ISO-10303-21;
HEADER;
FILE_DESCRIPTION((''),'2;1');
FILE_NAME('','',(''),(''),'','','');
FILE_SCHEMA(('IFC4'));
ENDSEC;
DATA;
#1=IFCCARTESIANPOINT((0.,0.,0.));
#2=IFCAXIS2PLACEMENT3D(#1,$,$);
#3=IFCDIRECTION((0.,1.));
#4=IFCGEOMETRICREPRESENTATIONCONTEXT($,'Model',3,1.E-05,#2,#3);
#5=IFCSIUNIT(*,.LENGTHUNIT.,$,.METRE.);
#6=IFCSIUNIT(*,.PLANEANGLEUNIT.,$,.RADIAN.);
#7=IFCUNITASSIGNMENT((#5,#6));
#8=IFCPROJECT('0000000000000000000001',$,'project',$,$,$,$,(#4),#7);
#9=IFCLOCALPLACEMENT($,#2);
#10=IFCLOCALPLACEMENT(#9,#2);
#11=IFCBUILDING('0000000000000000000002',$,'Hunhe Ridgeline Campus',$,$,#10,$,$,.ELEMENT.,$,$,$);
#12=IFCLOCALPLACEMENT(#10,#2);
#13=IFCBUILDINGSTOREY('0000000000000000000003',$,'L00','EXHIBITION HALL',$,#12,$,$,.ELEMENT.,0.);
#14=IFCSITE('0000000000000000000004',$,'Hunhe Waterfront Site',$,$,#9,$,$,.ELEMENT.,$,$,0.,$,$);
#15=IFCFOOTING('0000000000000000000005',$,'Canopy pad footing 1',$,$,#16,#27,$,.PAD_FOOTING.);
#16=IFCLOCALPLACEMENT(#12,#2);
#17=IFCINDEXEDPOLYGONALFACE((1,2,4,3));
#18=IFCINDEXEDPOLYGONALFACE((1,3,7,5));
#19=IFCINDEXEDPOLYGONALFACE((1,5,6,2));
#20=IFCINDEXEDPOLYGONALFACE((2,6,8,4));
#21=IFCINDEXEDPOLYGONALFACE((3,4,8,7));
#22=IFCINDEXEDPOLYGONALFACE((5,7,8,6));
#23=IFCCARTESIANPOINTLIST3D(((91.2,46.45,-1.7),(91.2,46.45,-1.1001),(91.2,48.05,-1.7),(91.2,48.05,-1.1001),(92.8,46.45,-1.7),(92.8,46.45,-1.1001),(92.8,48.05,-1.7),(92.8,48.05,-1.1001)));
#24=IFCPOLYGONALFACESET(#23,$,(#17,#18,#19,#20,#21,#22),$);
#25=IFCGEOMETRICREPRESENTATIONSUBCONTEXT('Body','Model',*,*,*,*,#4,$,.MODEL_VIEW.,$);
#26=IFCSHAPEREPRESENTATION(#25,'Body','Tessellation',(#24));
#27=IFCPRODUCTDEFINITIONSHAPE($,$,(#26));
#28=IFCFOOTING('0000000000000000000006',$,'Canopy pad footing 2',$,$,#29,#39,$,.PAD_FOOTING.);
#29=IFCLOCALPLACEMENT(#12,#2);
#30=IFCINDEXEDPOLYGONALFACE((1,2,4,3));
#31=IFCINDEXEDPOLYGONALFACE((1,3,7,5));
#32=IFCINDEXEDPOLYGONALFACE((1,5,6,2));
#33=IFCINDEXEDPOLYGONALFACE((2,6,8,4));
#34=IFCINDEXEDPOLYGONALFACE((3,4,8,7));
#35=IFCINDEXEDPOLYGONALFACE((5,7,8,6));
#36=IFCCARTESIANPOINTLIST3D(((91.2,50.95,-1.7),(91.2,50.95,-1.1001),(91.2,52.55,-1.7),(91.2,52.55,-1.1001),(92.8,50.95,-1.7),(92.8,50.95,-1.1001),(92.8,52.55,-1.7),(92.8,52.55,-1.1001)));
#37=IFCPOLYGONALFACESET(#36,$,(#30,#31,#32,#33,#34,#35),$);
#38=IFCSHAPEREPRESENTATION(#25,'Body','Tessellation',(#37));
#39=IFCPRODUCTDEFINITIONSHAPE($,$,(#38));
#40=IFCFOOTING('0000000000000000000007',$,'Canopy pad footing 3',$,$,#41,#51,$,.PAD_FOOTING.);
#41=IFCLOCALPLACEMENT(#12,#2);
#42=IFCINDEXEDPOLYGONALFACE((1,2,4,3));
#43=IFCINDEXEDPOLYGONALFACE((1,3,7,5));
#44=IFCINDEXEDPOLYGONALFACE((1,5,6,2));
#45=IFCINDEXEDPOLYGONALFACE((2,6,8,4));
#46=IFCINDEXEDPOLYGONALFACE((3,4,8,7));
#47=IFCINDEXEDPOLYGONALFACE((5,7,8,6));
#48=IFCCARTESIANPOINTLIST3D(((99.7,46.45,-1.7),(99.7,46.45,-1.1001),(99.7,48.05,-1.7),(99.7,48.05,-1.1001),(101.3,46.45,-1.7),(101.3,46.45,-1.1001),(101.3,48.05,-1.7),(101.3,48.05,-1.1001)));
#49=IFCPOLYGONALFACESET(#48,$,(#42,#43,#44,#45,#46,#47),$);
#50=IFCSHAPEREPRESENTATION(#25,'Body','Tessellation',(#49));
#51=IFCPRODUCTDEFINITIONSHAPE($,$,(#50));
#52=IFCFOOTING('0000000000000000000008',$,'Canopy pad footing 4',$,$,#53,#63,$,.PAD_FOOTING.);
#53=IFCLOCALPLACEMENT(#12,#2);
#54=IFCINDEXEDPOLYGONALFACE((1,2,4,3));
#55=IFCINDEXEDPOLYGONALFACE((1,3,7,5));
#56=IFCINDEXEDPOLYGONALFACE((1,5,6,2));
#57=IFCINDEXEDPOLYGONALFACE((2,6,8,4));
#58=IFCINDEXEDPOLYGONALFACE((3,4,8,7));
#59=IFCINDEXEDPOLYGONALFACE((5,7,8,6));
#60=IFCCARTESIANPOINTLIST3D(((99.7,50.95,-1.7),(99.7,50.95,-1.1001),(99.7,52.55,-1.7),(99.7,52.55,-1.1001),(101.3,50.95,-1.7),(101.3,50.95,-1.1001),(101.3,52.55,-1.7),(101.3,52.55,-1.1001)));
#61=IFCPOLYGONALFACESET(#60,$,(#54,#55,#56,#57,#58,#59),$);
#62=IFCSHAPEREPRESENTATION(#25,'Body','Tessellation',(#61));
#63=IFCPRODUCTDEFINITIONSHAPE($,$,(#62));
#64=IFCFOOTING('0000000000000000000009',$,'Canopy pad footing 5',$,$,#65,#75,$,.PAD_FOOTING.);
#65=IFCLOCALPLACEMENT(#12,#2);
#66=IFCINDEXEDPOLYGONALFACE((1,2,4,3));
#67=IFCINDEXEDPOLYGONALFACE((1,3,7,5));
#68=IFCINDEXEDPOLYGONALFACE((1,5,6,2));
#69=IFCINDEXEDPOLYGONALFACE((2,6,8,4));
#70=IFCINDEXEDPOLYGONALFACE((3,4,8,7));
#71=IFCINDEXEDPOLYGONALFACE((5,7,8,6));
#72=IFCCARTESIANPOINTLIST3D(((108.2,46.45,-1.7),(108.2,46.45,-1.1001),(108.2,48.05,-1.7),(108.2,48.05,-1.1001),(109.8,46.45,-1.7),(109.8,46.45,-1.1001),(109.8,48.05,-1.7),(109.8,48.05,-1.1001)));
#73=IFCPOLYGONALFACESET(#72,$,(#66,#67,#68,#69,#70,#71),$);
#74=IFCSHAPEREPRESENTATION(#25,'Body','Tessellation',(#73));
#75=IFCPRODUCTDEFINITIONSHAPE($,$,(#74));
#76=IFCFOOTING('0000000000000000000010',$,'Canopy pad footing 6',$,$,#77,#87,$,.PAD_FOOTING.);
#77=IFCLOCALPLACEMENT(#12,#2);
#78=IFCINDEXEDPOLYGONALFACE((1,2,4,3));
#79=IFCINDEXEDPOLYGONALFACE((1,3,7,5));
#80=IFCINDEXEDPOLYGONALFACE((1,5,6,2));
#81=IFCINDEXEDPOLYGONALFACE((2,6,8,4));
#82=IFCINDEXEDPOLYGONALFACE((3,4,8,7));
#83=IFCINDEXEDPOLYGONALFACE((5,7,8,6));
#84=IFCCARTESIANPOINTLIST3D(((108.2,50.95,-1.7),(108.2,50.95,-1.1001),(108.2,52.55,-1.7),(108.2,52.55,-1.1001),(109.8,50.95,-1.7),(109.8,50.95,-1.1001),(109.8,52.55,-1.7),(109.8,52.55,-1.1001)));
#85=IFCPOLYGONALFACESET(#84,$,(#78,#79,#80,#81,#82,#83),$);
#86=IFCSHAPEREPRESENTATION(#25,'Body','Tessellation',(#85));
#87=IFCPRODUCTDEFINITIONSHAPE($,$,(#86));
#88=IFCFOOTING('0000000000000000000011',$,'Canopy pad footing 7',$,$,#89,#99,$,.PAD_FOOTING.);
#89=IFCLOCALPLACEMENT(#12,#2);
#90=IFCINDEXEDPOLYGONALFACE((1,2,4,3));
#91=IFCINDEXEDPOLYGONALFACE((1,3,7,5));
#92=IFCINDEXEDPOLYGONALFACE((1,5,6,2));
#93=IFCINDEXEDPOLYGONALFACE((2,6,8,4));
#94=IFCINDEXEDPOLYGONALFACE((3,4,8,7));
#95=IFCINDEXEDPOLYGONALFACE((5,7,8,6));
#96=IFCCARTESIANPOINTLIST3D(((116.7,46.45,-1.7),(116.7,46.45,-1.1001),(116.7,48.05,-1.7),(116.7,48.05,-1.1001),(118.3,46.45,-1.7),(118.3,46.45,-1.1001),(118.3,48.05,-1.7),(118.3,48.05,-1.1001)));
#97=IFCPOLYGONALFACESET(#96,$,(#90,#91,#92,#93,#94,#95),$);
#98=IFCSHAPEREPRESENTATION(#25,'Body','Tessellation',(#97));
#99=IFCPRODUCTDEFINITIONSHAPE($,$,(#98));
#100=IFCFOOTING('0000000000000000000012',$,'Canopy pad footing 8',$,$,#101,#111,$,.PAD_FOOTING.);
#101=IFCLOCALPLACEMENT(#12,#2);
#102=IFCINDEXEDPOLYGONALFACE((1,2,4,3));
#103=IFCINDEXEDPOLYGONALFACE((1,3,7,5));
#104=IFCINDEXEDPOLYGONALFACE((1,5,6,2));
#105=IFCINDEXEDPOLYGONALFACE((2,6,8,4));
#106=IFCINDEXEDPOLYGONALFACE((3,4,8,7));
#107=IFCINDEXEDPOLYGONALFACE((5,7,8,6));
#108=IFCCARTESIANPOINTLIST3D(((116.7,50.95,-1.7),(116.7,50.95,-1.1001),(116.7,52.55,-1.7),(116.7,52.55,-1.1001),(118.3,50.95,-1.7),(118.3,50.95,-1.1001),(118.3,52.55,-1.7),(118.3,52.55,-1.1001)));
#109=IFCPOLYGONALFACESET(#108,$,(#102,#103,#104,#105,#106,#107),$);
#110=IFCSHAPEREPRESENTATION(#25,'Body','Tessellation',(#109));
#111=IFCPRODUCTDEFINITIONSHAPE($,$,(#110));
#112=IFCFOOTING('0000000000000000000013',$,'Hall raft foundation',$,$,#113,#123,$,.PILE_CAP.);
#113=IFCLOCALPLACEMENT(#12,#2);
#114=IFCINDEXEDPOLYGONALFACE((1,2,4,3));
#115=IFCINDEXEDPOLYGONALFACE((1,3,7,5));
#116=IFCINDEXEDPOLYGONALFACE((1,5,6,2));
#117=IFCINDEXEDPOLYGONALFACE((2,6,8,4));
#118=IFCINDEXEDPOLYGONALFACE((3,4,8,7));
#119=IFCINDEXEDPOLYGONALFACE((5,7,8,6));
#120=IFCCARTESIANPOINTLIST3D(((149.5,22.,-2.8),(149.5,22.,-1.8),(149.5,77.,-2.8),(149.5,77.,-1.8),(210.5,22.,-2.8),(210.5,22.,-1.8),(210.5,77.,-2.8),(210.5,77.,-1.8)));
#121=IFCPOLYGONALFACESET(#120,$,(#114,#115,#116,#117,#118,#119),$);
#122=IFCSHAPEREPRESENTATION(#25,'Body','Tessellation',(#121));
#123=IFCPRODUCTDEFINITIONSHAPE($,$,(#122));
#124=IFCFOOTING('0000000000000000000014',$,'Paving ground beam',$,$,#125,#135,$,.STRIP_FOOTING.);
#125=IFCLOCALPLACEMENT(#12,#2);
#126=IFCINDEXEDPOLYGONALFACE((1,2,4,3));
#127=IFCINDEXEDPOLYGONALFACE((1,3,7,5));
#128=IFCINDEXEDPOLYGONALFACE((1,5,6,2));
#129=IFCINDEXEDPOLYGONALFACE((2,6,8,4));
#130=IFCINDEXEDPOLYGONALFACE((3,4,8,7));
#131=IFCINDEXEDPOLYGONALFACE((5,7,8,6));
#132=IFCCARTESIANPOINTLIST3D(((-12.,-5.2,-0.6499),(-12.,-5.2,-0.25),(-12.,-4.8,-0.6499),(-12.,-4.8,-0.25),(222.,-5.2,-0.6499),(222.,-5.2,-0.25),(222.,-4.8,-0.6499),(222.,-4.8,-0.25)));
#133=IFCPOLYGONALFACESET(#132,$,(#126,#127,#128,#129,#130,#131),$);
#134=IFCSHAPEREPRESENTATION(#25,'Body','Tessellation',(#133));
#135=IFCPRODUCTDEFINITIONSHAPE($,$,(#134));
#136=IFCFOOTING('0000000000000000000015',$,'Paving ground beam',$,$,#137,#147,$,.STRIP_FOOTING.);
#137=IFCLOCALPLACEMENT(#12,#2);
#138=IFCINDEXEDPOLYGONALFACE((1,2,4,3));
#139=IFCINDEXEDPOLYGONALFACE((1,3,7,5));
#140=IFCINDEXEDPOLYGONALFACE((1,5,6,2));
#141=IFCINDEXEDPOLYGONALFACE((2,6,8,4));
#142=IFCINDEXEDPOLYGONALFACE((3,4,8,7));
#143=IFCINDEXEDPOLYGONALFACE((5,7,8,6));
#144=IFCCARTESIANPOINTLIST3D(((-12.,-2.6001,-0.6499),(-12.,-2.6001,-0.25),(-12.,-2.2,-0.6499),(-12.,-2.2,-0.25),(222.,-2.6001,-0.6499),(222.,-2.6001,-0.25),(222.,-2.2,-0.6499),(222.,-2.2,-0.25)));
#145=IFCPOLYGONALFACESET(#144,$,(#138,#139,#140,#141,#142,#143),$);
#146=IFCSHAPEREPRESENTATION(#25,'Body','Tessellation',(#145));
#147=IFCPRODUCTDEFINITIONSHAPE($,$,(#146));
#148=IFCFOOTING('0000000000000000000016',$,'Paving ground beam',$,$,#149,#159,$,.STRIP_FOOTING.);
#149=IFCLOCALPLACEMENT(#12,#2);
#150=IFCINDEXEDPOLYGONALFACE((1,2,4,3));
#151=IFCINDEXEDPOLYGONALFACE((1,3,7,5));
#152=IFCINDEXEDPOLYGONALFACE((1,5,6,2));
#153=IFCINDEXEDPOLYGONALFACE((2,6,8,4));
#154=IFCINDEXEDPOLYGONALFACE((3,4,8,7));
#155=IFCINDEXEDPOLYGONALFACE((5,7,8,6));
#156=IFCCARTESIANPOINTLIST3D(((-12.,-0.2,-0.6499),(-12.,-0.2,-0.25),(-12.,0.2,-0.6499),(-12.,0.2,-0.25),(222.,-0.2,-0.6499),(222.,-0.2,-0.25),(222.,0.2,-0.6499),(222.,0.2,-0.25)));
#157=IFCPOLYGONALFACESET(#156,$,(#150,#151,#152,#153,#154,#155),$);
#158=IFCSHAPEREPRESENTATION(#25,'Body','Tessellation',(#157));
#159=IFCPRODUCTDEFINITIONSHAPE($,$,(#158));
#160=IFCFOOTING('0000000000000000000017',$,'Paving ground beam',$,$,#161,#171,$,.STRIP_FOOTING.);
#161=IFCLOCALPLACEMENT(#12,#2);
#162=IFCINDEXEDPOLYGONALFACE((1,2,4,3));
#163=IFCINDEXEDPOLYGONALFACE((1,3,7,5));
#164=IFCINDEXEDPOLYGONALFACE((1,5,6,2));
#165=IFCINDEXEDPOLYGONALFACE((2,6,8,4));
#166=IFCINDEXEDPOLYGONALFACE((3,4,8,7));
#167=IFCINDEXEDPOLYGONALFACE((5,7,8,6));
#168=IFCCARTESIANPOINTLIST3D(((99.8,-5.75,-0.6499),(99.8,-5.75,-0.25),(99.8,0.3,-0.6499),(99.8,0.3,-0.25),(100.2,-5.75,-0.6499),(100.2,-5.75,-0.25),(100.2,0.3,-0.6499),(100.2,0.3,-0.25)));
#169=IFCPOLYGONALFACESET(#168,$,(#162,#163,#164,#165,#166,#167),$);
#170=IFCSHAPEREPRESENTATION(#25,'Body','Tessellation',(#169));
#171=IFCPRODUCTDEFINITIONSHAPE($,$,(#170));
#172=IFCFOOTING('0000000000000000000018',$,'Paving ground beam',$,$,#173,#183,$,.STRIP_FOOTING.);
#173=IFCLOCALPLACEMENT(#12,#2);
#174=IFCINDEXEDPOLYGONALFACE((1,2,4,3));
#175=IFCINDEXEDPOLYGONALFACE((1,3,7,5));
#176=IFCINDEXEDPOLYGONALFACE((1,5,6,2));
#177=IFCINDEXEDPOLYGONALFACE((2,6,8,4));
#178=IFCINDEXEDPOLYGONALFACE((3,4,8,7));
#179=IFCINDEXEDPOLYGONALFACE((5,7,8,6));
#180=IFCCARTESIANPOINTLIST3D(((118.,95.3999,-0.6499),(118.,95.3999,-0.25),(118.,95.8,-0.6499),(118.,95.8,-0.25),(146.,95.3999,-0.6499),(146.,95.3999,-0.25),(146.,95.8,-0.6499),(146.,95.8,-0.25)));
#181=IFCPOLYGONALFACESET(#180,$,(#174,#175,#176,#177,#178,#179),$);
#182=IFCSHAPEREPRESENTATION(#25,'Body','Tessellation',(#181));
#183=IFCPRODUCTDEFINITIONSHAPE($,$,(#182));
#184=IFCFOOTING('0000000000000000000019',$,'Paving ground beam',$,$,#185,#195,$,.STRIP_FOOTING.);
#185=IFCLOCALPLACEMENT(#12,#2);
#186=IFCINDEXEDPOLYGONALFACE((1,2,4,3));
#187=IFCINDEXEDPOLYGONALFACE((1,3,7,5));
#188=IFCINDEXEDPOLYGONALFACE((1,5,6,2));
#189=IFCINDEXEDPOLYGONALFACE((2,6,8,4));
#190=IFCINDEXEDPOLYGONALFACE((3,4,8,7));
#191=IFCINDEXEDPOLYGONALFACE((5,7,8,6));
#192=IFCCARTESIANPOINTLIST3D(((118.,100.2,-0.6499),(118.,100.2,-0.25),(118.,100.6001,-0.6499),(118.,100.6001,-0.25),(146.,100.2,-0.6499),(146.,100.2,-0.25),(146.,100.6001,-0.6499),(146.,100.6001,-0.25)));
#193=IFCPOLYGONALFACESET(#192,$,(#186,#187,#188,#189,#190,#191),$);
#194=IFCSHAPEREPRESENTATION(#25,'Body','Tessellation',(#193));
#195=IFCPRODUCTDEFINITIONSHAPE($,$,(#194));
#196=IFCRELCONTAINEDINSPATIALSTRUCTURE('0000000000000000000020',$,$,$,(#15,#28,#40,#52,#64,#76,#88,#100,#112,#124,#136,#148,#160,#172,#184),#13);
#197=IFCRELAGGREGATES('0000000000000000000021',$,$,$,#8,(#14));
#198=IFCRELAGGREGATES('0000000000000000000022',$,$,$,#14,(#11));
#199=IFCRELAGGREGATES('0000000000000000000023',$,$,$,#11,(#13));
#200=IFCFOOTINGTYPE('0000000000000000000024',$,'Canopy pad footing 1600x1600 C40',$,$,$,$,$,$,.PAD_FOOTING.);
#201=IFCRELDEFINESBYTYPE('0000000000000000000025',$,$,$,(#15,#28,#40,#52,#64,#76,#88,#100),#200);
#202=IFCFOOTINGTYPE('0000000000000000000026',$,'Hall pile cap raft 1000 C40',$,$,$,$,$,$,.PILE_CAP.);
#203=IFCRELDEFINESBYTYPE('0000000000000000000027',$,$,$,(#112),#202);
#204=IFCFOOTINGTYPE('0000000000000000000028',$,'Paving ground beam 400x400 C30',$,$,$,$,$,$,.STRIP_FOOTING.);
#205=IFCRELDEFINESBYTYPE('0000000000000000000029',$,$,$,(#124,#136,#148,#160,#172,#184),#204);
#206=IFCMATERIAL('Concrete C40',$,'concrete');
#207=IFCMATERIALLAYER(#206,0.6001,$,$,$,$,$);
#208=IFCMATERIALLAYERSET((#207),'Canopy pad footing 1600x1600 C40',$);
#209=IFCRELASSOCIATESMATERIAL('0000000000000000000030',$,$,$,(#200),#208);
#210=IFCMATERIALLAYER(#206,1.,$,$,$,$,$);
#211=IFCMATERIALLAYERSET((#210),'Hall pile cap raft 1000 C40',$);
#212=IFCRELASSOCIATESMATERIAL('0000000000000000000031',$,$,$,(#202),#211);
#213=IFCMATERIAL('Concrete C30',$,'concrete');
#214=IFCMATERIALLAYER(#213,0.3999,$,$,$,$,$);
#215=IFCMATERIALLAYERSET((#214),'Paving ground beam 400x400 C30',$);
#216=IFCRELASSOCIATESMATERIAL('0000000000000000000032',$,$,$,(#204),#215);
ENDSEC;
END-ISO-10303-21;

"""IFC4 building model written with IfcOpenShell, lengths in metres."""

from ifc_helpers import new_model, si_unit, direction, frame, origin, place, context, subcontext, project, spatial, polyline, outline, extrude, material, layer, layer_set, type_object, element, save


model = new_model("IFC4")

# Units and contexts
model_context = context("Model", 3, precision=1e-05, world=origin(), true_north=direction((0.0, 1.0)))
body_context = subcontext(model_context, "Body", "Model", "MODEL_VIEW")
ifc_project = project(units=[si_unit("LENGTHUNIT", "METRE"), si_unit("PLANEANGLEUNIT", "RADIAN")], contexts=[model_context])

# Site, building, storey
site_placement = place(None, origin())
site = spatial("IfcSite", under=ifc_project, at=site_placement, Name="Hunhe Waterfront Site", CompositionType="ELEMENT", RefElevation=0.0)
building_placement = place(site_placement, origin())
building = spatial("IfcBuilding", under=site, at=building_placement, Name="Hunhe Ridgeline Campus", CompositionType="ELEMENT")
storey_placement = place(building_placement, origin())
storey = spatial("IfcBuildingStorey", under=building, at=storey_placement, Name="L00", Description="EXHIBITION HALL", CompositionType="ELEMENT", Elevation=0.0)

# Footings
ifc_material_1 = material(Name="Concrete C40", Category="concrete")
ifc_layer_1 = layer(ifc_material_1, 0.6001)
ifc_layer_set_1 = layer_set([ifc_layer_1], Name="Canopy pad footing 1600x1600 C40")
footing_type_1 = type_object("IfcFootingType", Name="Canopy pad footing 1600x1600 C40", PredefinedType="PAD_FOOTING", material=ifc_layer_set_1)
footing_1_placement = place(storey_placement, frame((0.0, 0.0, -1.7)))
element("IfcFooting", 1, at=footing_1_placement, inside=storey, type_object=footing_type_1, Name="Canopy pad footing 1", PredefinedType="PAD_FOOTING", context=body_context, shape_type="SweptSolid", body=[
    extrude(outline(polyline([(92.8, 46.45), (92.8, 48.05), (91.2, 48.05), (91.2, 46.45), (92.8, 46.45)])), origin(), (0.0, 0.0, 1.0), 0.5999),
])
footing_2_placement = place(storey_placement, frame((0.0, 0.0, -1.7)))
element("IfcFooting", 2, at=footing_2_placement, inside=storey, type_object=footing_type_1, Name="Canopy pad footing 2", PredefinedType="PAD_FOOTING", context=body_context, shape_type="SweptSolid", body=[
    extrude(outline(polyline([(92.8, 50.95), (92.8, 52.55), (91.2, 52.55), (91.2, 50.95), (92.8, 50.95)])), origin(), (0.0, 0.0, 1.0), 0.5999),
])
footing_3_placement = place(storey_placement, frame((0.0, 0.0, -1.7)))
element("IfcFooting", 3, at=footing_3_placement, inside=storey, type_object=footing_type_1, Name="Canopy pad footing 3", PredefinedType="PAD_FOOTING", context=body_context, shape_type="SweptSolid", body=[
    extrude(outline(polyline([(101.3, 46.45), (101.3, 48.05), (99.7, 48.05), (99.7, 46.45), (101.3, 46.45)])), origin(), (0.0, 0.0, 1.0), 0.5999),
])
footing_4_placement = place(storey_placement, frame((0.0, 0.0, -1.7)))
element("IfcFooting", 4, at=footing_4_placement, inside=storey, type_object=footing_type_1, Name="Canopy pad footing 4", PredefinedType="PAD_FOOTING", context=body_context, shape_type="SweptSolid", body=[
    extrude(outline(polyline([(101.3, 50.95), (101.3, 52.55), (99.7, 52.55), (99.7, 50.95), (101.3, 50.95)])), origin(), (0.0, 0.0, 1.0), 0.5999),
])
footing_5_placement = place(storey_placement, frame((0.0, 0.0, -1.7)))
element("IfcFooting", 5, at=footing_5_placement, inside=storey, type_object=footing_type_1, Name="Canopy pad footing 5", PredefinedType="PAD_FOOTING", context=body_context, shape_type="SweptSolid", body=[
    extrude(outline(polyline([(109.8, 46.45), (109.8, 48.05), (108.2, 48.05), (108.2, 46.45), (109.8, 46.45)])), origin(), (0.0, 0.0, 1.0), 0.5999),
])
footing_6_placement = place(storey_placement, frame((0.0, 0.0, -1.7)))
element("IfcFooting", 6, at=footing_6_placement, inside=storey, type_object=footing_type_1, Name="Canopy pad footing 6", PredefinedType="PAD_FOOTING", context=body_context, shape_type="SweptSolid", body=[
    extrude(outline(polyline([(109.8, 50.95), (109.8, 52.55), (108.2, 52.55), (108.2, 50.95), (109.8, 50.95)])), origin(), (0.0, 0.0, 1.0), 0.5999),
])
footing_7_placement = place(storey_placement, frame((0.0, 0.0, -1.7)))
element("IfcFooting", 7, at=footing_7_placement, inside=storey, type_object=footing_type_1, Name="Canopy pad footing 7", PredefinedType="PAD_FOOTING", context=body_context, shape_type="SweptSolid", body=[
    extrude(outline(polyline([(118.3, 46.45), (118.3, 48.05), (116.7, 48.05), (116.7, 46.45), (118.3, 46.45)])), origin(), (0.0, 0.0, 1.0), 0.5999),
])
footing_8_placement = place(storey_placement, frame((0.0, 0.0, -1.7)))
element("IfcFooting", 8, at=footing_8_placement, inside=storey, type_object=footing_type_1, Name="Canopy pad footing 8", PredefinedType="PAD_FOOTING", context=body_context, shape_type="SweptSolid", body=[
    extrude(outline(polyline([(118.3, 50.95), (118.3, 52.55), (116.7, 52.55), (116.7, 50.95), (118.3, 50.95)])), origin(), (0.0, 0.0, 1.0), 0.5999),
])
ifc_layer_2 = layer(ifc_material_1, 1.0)
ifc_layer_set_2 = layer_set([ifc_layer_2], Name="Hall pile cap raft 1000 C40")
footing_type_2 = type_object("IfcFootingType", Name="Hall pile cap raft 1000 C40", PredefinedType="PILE_CAP", material=ifc_layer_set_2)
footing_9_placement = place(storey_placement, frame((0.0, 0.0, -2.8)))
element("IfcFooting", 9, at=footing_9_placement, inside=storey, type_object=footing_type_2, Name="Hall raft foundation", PredefinedType="PILE_CAP", context=body_context, shape_type="SweptSolid", body=[
    extrude(outline(polyline([(210.5, 22.0), (210.5, 77.0), (149.5, 77.0), (149.5, 22.0), (210.5, 22.0)])), origin(), (0.0, 0.0, 1.0), 1.0),
])
ifc_material_2 = material(Name="Concrete C30", Category="concrete")
ifc_layer_3 = layer(ifc_material_2, 0.3999)
ifc_layer_set_3 = layer_set([ifc_layer_3], Name="Paving ground beam 400x400 C30")
footing_type_3 = type_object("IfcFootingType", Name="Paving ground beam 400x400 C30", PredefinedType="STRIP_FOOTING", material=ifc_layer_set_3)
footing_10_placement = place(storey_placement, frame((0.0, 0.0, -0.6499)))
element("IfcFooting", 10, at=footing_10_placement, inside=storey, type_object=footing_type_3, Name="Paving ground beam", PredefinedType="STRIP_FOOTING", context=body_context, shape_type="SweptSolid", body=[
    extrude(outline(polyline([(222.0, -5.2), (222.0, -4.8), (-12.0, -4.8), (-12.0, -5.2), (222.0, -5.2)])), origin(), (0.0, 0.0, 1.0), 0.3999),
])
footing_11_placement = place(storey_placement, frame((0.0, 0.0, -0.6499)))
element("IfcFooting", 11, at=footing_11_placement, inside=storey, type_object=footing_type_3, Name="Paving ground beam", PredefinedType="STRIP_FOOTING", context=body_context, shape_type="SweptSolid", body=[
    extrude(outline(polyline([(222.0, -2.6001), (222.0, -2.2), (-12.0, -2.2), (-12.0, -2.6001), (222.0, -2.6001)])), origin(), (0.0, 0.0, 1.0), 0.3999),
])
footing_12_placement = place(storey_placement, frame((0.0, 0.0, -0.6499)))
element("IfcFooting", 12, at=footing_12_placement, inside=storey, type_object=footing_type_3, Name="Paving ground beam", PredefinedType="STRIP_FOOTING", context=body_context, shape_type="SweptSolid", body=[
    extrude(outline(polyline([(222.0, -0.2), (222.0, 0.2), (-12.0, 0.2), (-12.0, -0.2), (222.0, -0.2)])), origin(), (0.0, 0.0, 1.0), 0.3999),
])
footing_13_placement = place(storey_placement, frame((0.0, 0.0, -0.6499)))
element("IfcFooting", 13, at=footing_13_placement, inside=storey, type_object=footing_type_3, Name="Paving ground beam", PredefinedType="STRIP_FOOTING", context=body_context, shape_type="SweptSolid", body=[
    extrude(outline(polyline([(100.2, -5.75), (100.2, 0.3), (99.8, 0.3), (99.8, -5.75), (100.2, -5.75)])), origin(), (0.0, 0.0, 1.0), 0.3999),
])
footing_14_placement = place(storey_placement, frame((0.0, 0.0, -0.6499)))
element("IfcFooting", 14, at=footing_14_placement, inside=storey, type_object=footing_type_3, Name="Paving ground beam", PredefinedType="STRIP_FOOTING", context=body_context, shape_type="SweptSolid", body=[
    extrude(outline(polyline([(146.0, 95.3999), (146.0, 95.8), (118.0, 95.8), (118.0, 95.3999), (146.0, 95.3999)])), origin(), (0.0, 0.0, 1.0), 0.3999),
])
footing_15_placement = place(storey_placement, frame((0.0, 0.0, -0.6499)))
element("IfcFooting", 15, at=footing_15_placement, inside=storey, type_object=footing_type_3, Name="Paving ground beam", PredefinedType="STRIP_FOOTING", context=body_context, shape_type="SweptSolid", body=[
    extrude(outline(polyline([(146.0, 100.2), (146.0, 100.6001), (118.0, 100.6001), (118.0, 100.2), (146.0, 100.2)])), origin(), (0.0, 0.0, 1.0), 0.3999),
])

save(model, "model.ifc")
